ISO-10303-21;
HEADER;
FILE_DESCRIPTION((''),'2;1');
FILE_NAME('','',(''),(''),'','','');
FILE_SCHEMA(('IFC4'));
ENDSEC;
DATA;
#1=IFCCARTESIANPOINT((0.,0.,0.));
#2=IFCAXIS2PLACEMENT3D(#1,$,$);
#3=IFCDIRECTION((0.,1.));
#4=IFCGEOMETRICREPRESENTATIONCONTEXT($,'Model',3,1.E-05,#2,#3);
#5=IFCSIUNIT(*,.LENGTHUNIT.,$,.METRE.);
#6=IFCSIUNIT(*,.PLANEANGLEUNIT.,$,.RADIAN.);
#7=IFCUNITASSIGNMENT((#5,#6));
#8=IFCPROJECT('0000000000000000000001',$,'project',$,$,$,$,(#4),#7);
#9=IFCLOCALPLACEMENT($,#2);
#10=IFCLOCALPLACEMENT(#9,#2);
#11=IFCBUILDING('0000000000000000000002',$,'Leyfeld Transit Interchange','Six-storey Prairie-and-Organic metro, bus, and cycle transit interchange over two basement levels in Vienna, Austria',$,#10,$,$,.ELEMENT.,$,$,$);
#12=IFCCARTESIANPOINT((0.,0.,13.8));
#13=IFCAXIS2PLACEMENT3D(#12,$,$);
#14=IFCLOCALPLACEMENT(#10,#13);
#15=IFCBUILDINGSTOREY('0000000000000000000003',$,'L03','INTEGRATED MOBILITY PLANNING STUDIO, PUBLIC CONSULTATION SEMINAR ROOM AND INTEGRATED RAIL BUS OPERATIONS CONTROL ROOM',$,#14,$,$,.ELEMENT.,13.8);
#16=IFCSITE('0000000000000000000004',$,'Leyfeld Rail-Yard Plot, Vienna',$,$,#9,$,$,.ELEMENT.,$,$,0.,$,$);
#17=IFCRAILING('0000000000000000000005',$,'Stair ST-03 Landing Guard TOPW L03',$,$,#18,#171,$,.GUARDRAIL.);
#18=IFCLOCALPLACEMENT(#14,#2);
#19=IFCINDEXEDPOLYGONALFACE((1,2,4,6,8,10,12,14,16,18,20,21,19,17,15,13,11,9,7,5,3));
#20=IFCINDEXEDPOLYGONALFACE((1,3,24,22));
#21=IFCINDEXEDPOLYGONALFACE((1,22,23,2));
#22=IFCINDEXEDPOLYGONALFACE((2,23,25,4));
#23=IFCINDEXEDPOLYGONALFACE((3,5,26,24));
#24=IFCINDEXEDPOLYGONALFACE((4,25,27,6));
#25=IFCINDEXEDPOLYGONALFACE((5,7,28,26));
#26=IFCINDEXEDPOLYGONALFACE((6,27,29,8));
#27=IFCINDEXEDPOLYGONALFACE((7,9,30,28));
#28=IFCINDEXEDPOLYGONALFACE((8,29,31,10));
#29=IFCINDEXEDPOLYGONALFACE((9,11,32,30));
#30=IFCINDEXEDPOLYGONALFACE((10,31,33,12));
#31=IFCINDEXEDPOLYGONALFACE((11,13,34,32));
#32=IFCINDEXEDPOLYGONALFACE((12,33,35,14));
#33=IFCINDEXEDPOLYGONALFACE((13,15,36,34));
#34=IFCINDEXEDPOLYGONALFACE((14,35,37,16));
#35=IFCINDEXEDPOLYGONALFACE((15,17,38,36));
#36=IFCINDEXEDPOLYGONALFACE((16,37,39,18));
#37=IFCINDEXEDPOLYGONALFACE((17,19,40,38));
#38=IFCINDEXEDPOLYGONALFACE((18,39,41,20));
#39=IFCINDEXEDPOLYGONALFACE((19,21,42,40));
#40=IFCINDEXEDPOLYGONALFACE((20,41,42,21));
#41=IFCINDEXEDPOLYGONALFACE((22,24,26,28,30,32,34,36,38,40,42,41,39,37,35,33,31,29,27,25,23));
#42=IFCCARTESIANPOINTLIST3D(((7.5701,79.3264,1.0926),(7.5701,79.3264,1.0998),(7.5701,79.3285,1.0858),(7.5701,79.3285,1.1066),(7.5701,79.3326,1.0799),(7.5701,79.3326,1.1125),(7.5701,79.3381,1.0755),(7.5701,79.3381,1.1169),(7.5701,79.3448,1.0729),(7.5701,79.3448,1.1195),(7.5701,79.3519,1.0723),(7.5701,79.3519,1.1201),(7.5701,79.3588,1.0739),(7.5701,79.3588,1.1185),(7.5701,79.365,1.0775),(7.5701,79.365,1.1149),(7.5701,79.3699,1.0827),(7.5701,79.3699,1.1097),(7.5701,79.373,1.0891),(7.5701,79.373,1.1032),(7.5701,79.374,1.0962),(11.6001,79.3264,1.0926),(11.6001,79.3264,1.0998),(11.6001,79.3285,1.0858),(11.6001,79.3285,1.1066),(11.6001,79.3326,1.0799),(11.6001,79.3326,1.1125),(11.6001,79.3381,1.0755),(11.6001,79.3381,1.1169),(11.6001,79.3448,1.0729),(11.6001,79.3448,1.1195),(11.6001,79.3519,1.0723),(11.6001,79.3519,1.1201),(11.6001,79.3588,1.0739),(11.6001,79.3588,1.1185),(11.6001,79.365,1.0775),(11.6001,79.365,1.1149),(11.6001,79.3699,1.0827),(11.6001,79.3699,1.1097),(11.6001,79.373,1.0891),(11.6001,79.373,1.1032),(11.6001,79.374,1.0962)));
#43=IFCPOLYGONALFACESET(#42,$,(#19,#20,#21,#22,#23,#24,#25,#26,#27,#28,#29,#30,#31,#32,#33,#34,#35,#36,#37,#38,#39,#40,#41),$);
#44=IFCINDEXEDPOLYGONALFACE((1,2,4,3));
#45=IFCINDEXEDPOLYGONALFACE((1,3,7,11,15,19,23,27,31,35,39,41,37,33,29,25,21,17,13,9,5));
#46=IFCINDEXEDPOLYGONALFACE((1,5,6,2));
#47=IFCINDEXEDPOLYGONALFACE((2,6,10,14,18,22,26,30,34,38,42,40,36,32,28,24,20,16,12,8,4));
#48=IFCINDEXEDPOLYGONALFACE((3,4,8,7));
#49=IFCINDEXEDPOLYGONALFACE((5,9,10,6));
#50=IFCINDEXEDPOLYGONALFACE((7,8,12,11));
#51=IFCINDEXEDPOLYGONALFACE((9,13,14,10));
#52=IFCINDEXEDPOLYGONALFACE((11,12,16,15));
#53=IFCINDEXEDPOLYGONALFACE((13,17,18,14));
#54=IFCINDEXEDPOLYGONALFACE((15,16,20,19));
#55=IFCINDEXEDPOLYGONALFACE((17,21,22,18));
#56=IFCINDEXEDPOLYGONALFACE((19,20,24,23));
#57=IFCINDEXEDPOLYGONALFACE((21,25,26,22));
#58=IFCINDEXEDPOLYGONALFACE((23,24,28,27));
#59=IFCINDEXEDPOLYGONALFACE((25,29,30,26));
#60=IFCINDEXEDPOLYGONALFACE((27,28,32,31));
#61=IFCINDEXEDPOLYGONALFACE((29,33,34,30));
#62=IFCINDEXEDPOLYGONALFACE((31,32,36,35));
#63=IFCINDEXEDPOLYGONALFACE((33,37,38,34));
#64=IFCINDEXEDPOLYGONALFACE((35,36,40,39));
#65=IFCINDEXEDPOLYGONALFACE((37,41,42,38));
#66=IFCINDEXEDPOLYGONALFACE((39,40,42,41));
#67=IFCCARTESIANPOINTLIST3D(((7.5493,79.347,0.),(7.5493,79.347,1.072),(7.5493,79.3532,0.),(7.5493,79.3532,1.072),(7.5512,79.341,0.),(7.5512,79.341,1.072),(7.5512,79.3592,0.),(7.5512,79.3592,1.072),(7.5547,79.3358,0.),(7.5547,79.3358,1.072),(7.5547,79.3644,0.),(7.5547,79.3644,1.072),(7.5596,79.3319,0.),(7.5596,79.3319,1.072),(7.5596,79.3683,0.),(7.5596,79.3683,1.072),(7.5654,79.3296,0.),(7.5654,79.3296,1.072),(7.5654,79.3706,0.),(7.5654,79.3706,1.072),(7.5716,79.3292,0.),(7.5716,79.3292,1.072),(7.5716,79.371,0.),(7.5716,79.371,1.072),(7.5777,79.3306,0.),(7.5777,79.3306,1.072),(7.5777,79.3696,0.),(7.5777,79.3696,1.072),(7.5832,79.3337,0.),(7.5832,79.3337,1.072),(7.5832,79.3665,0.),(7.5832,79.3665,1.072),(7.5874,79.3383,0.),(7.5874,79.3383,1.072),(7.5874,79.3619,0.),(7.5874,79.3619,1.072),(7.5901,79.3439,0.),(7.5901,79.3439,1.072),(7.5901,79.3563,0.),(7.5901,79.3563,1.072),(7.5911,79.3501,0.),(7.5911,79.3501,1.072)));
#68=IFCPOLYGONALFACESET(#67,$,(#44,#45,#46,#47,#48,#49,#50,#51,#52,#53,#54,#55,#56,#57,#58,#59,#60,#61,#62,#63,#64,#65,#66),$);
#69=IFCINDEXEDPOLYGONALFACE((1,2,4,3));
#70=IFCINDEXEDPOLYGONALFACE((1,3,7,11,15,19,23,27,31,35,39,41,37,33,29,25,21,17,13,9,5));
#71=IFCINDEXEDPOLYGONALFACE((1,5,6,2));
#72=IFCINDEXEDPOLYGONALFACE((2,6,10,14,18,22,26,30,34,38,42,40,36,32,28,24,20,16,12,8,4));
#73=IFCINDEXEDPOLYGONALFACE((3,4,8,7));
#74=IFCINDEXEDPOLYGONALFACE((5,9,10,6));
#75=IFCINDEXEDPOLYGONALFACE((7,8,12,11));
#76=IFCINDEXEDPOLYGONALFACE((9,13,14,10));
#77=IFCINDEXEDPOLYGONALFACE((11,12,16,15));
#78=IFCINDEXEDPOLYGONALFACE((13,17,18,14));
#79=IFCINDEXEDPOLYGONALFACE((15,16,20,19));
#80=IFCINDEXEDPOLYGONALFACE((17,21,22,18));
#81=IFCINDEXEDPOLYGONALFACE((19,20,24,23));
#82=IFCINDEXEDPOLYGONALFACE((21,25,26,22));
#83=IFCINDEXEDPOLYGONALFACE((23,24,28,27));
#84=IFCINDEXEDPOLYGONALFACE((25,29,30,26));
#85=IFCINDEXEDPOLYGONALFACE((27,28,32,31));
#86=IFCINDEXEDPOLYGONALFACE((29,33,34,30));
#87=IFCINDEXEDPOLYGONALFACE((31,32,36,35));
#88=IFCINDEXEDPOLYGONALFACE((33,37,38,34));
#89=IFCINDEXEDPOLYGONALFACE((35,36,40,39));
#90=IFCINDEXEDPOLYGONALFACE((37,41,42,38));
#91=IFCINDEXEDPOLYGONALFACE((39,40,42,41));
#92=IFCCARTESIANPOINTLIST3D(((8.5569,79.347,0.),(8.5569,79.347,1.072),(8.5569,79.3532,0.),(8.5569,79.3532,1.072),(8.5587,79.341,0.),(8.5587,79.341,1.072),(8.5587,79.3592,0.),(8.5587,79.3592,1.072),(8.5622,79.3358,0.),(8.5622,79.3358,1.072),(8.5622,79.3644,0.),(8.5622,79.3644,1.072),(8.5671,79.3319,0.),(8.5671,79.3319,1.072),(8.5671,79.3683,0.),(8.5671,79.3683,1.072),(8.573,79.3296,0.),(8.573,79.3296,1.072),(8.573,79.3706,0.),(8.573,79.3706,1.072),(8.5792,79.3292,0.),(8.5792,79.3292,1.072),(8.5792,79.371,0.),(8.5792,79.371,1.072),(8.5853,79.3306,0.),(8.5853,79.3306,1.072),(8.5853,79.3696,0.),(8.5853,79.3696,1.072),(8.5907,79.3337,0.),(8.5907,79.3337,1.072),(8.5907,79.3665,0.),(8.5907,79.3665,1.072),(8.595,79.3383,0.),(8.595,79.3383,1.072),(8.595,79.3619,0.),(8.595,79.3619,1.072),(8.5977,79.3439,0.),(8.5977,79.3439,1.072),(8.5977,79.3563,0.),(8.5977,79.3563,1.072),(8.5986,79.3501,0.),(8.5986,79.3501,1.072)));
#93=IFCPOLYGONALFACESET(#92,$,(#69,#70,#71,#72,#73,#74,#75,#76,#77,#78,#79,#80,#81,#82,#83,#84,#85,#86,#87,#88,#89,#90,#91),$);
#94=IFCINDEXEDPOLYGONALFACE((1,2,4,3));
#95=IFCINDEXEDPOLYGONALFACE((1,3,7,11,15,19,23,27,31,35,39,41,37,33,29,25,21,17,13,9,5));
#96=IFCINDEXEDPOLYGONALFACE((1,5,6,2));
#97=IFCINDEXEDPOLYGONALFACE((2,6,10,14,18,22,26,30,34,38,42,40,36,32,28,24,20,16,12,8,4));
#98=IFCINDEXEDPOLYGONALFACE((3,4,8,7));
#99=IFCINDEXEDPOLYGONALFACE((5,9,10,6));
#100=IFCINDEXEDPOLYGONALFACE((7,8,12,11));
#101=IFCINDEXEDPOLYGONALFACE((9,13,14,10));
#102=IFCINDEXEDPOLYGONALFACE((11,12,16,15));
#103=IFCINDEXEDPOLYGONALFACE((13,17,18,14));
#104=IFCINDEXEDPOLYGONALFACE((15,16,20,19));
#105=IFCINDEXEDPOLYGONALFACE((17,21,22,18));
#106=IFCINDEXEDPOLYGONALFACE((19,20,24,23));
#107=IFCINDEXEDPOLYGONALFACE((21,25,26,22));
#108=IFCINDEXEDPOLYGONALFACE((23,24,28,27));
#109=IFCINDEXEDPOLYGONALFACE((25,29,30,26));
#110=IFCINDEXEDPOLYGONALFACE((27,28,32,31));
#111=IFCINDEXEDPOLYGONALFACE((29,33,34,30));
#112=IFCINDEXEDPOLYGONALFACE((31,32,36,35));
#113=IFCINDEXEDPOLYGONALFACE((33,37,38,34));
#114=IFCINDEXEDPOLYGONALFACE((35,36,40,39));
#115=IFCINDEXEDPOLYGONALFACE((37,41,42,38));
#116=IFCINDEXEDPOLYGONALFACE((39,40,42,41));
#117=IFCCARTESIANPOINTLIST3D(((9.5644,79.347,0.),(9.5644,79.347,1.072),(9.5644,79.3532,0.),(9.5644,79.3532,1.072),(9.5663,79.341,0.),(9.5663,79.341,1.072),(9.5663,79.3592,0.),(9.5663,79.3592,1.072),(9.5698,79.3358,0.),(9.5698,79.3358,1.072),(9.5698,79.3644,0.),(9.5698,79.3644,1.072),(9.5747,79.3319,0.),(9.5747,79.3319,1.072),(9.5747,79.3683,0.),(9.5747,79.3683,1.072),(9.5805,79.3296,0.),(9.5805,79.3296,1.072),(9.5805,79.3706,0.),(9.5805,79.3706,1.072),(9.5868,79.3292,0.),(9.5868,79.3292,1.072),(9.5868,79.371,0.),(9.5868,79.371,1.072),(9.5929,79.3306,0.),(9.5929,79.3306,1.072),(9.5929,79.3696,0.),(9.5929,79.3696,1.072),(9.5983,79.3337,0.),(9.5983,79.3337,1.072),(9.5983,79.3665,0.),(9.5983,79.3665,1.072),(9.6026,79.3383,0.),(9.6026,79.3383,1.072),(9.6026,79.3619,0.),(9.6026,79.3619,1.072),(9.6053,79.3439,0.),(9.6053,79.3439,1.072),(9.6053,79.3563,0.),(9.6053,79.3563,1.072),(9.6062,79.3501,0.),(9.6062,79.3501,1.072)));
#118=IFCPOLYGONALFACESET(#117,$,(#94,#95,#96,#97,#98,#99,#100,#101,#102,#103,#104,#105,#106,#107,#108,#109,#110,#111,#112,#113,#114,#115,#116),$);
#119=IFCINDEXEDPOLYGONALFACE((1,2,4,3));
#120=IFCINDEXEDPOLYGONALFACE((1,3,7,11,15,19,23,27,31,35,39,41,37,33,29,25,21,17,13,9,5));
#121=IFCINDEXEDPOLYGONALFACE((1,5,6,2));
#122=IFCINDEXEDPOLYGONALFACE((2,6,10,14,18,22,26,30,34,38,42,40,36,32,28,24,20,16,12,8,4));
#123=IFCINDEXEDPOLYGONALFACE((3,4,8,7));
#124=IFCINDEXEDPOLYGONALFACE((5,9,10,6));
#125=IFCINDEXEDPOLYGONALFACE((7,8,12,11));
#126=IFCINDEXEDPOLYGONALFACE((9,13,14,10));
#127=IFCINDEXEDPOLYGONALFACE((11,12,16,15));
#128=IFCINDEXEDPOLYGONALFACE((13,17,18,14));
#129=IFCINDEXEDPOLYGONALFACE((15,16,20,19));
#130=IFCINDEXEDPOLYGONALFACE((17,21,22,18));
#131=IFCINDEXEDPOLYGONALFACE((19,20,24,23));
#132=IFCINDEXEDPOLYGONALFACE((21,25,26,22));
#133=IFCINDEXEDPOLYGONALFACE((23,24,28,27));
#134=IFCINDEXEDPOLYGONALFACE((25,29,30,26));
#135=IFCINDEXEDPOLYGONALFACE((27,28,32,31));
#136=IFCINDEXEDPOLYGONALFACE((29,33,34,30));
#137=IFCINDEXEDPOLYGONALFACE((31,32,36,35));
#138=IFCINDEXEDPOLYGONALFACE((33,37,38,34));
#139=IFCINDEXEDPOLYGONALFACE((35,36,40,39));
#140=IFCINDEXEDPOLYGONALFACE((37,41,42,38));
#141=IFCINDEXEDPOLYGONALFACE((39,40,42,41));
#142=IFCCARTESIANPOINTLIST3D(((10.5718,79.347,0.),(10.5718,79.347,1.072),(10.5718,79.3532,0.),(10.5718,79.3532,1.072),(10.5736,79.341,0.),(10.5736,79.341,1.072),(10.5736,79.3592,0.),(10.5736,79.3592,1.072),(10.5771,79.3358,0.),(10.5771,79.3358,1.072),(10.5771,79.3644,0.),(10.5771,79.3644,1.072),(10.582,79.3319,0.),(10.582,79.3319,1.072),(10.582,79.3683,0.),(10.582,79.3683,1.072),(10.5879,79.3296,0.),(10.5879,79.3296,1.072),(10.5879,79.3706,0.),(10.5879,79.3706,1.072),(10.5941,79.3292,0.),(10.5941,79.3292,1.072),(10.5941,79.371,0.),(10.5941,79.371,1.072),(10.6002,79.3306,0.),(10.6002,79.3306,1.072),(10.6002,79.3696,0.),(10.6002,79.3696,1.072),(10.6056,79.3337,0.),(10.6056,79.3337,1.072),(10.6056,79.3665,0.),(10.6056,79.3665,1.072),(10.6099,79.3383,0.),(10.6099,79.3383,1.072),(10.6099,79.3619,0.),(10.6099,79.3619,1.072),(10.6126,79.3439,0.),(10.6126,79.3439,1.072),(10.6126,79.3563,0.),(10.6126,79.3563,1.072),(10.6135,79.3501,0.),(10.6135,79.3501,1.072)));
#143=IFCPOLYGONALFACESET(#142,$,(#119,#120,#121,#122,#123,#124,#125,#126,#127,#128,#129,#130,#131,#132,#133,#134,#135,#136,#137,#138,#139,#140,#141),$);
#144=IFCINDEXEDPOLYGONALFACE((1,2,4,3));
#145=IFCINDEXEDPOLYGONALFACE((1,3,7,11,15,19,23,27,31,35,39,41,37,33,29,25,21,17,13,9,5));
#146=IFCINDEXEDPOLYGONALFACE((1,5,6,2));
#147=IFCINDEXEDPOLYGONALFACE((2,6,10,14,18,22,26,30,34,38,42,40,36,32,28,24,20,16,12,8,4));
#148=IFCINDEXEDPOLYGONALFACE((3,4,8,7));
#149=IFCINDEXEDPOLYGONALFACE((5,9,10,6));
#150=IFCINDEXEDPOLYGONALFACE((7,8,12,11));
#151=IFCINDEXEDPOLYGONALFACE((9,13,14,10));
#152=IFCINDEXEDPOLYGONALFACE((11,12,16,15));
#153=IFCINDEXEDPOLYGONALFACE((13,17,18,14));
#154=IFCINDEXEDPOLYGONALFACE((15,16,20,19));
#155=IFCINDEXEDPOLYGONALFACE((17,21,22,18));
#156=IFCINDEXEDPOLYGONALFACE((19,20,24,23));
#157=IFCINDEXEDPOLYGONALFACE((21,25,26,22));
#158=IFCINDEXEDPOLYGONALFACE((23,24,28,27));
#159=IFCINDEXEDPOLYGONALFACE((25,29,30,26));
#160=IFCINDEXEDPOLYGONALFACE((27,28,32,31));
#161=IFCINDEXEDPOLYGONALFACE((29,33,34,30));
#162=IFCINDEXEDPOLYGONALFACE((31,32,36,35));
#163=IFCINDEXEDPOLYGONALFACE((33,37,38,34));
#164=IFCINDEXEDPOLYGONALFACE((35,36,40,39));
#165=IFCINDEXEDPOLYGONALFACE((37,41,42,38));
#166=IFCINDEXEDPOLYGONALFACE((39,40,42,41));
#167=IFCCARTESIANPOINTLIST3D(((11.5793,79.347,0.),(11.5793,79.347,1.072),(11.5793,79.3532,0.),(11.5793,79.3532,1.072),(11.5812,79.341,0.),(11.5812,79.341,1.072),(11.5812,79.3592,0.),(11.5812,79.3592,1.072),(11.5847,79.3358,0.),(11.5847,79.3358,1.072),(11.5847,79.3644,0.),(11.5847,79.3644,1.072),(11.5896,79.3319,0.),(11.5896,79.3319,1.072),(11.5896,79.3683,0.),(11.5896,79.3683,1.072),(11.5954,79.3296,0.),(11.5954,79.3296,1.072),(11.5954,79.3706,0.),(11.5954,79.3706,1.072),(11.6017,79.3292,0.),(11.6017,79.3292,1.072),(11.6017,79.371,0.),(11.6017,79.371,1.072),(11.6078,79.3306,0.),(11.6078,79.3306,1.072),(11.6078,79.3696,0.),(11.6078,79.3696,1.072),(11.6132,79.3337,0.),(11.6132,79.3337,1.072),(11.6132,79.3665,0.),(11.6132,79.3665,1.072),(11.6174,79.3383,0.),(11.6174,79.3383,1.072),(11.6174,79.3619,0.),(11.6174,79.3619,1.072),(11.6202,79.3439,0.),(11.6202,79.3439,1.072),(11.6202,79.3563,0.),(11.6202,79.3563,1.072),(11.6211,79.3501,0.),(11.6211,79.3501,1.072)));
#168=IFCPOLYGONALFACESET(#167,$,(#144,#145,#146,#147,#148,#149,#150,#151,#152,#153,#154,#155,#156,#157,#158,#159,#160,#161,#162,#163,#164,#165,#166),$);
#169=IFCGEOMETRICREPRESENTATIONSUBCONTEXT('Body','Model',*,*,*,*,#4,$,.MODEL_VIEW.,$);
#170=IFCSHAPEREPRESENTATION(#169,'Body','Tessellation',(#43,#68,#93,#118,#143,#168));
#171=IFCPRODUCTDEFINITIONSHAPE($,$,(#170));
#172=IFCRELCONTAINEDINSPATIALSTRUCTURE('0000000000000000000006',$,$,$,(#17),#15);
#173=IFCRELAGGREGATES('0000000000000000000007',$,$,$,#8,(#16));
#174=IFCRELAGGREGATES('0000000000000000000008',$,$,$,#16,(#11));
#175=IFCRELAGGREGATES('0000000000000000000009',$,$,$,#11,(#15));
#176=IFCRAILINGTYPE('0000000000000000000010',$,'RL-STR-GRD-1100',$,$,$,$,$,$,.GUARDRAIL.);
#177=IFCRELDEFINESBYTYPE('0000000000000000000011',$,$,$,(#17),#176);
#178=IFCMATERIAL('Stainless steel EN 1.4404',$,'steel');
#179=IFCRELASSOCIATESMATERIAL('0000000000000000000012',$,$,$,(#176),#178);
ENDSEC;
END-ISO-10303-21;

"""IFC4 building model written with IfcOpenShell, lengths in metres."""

from ifc_helpers import new_model, si_unit, direction, frame, origin, origin_2d, place, context, subcontext, project, spatial, circle, extrude, material, type_object, element, save


model = new_model("IFC4")

# Units and contexts
model_context = context("Model", 3, precision=1e-05, world=origin(), true_north=direction((0.0, 1.0)))
body_context = subcontext(model_context, "Body", "Model", "MODEL_VIEW")
ifc_project = project(units=[si_unit("LENGTHUNIT", "METRE"), si_unit("PLANEANGLEUNIT", "RADIAN")], contexts=[model_context])

# Site, building, storey
site_placement = place(None, origin())
site = spatial("IfcSite", under=ifc_project, at=site_placement, Name="Leyfeld Rail-Yard Plot, Vienna", CompositionType="ELEMENT", RefElevation=0.0)
building_placement = place(site_placement, origin())
building = spatial("IfcBuilding", under=site, at=building_placement, Name="Leyfeld Transit Interchange", Description="Six-storey Prairie-and-Organic metro, bus, and cycle transit interchange over two basement levels in Vienna, Austria", CompositionType="ELEMENT")
storey_placement = place(building_placement, frame((0.0, 0.0, 13.8)))
storey = spatial("IfcBuildingStorey", under=building, at=storey_placement, Name="L03", Description="INTEGRATED MOBILITY PLANNING STUDIO, PUBLIC CONSULTATION SEMINAR ROOM AND INTEGRATED RAIL BUS OPERATIONS CONTROL ROOM", CompositionType="ELEMENT", Elevation=13.8)

# Shared definitions
ifc_material_1 = material(Name="Stainless steel EN 1.4404", Category="steel")

# Railing
railing_type = type_object("IfcRailingType", Name="RL-STR-GRD-1100", PredefinedType="GUARDRAIL", material=ifc_material_1)
railing_1_placement = place(storey_placement, frame((7.5701, 79.3501, 0.0)))
element("IfcRailing", 1, at=railing_1_placement, inside=storey, type_object=railing_type, Name="Stair ST-03 Landing Guard TOPW L03", PredefinedType="GUARDRAIL", context=body_context, shape_type="SweptSolid", body=[
    extrude(circle(Radius=0.0239, at=origin_2d()), frame((0.0, 0.0, 1.0962), z_axis=(1.0, 0.0, 0.0), x_axis=(0.0, 1.0, 0.0)), (0.0, 0.0, 1.0), 4.03),
    extrude(circle(Radius=0.021, at=origin_2d()), origin(), (0.0, 0.0, 1.0), 1.072),
    extrude(circle(Radius=0.021, at=origin_2d()), frame((1.0076, 0.0, 0.0)), (0.0, 0.0, 1.0), 1.072),
    extrude(circle(Radius=0.021, at=origin_2d()), frame((2.0151, 0.0, 0.0)), (0.0, 0.0, 1.0), 1.072),
    extrude(circle(Radius=0.021, at=origin_2d()), frame((3.0225, 0.0, 0.0)), (0.0, 0.0, 1.0), 1.072),
    extrude(circle(Radius=0.021, at=origin_2d()), frame((4.03, 0.0, 0.0)), (0.0, 0.0, 1.0), 1.072),
])

save(model, "model.ifc")
